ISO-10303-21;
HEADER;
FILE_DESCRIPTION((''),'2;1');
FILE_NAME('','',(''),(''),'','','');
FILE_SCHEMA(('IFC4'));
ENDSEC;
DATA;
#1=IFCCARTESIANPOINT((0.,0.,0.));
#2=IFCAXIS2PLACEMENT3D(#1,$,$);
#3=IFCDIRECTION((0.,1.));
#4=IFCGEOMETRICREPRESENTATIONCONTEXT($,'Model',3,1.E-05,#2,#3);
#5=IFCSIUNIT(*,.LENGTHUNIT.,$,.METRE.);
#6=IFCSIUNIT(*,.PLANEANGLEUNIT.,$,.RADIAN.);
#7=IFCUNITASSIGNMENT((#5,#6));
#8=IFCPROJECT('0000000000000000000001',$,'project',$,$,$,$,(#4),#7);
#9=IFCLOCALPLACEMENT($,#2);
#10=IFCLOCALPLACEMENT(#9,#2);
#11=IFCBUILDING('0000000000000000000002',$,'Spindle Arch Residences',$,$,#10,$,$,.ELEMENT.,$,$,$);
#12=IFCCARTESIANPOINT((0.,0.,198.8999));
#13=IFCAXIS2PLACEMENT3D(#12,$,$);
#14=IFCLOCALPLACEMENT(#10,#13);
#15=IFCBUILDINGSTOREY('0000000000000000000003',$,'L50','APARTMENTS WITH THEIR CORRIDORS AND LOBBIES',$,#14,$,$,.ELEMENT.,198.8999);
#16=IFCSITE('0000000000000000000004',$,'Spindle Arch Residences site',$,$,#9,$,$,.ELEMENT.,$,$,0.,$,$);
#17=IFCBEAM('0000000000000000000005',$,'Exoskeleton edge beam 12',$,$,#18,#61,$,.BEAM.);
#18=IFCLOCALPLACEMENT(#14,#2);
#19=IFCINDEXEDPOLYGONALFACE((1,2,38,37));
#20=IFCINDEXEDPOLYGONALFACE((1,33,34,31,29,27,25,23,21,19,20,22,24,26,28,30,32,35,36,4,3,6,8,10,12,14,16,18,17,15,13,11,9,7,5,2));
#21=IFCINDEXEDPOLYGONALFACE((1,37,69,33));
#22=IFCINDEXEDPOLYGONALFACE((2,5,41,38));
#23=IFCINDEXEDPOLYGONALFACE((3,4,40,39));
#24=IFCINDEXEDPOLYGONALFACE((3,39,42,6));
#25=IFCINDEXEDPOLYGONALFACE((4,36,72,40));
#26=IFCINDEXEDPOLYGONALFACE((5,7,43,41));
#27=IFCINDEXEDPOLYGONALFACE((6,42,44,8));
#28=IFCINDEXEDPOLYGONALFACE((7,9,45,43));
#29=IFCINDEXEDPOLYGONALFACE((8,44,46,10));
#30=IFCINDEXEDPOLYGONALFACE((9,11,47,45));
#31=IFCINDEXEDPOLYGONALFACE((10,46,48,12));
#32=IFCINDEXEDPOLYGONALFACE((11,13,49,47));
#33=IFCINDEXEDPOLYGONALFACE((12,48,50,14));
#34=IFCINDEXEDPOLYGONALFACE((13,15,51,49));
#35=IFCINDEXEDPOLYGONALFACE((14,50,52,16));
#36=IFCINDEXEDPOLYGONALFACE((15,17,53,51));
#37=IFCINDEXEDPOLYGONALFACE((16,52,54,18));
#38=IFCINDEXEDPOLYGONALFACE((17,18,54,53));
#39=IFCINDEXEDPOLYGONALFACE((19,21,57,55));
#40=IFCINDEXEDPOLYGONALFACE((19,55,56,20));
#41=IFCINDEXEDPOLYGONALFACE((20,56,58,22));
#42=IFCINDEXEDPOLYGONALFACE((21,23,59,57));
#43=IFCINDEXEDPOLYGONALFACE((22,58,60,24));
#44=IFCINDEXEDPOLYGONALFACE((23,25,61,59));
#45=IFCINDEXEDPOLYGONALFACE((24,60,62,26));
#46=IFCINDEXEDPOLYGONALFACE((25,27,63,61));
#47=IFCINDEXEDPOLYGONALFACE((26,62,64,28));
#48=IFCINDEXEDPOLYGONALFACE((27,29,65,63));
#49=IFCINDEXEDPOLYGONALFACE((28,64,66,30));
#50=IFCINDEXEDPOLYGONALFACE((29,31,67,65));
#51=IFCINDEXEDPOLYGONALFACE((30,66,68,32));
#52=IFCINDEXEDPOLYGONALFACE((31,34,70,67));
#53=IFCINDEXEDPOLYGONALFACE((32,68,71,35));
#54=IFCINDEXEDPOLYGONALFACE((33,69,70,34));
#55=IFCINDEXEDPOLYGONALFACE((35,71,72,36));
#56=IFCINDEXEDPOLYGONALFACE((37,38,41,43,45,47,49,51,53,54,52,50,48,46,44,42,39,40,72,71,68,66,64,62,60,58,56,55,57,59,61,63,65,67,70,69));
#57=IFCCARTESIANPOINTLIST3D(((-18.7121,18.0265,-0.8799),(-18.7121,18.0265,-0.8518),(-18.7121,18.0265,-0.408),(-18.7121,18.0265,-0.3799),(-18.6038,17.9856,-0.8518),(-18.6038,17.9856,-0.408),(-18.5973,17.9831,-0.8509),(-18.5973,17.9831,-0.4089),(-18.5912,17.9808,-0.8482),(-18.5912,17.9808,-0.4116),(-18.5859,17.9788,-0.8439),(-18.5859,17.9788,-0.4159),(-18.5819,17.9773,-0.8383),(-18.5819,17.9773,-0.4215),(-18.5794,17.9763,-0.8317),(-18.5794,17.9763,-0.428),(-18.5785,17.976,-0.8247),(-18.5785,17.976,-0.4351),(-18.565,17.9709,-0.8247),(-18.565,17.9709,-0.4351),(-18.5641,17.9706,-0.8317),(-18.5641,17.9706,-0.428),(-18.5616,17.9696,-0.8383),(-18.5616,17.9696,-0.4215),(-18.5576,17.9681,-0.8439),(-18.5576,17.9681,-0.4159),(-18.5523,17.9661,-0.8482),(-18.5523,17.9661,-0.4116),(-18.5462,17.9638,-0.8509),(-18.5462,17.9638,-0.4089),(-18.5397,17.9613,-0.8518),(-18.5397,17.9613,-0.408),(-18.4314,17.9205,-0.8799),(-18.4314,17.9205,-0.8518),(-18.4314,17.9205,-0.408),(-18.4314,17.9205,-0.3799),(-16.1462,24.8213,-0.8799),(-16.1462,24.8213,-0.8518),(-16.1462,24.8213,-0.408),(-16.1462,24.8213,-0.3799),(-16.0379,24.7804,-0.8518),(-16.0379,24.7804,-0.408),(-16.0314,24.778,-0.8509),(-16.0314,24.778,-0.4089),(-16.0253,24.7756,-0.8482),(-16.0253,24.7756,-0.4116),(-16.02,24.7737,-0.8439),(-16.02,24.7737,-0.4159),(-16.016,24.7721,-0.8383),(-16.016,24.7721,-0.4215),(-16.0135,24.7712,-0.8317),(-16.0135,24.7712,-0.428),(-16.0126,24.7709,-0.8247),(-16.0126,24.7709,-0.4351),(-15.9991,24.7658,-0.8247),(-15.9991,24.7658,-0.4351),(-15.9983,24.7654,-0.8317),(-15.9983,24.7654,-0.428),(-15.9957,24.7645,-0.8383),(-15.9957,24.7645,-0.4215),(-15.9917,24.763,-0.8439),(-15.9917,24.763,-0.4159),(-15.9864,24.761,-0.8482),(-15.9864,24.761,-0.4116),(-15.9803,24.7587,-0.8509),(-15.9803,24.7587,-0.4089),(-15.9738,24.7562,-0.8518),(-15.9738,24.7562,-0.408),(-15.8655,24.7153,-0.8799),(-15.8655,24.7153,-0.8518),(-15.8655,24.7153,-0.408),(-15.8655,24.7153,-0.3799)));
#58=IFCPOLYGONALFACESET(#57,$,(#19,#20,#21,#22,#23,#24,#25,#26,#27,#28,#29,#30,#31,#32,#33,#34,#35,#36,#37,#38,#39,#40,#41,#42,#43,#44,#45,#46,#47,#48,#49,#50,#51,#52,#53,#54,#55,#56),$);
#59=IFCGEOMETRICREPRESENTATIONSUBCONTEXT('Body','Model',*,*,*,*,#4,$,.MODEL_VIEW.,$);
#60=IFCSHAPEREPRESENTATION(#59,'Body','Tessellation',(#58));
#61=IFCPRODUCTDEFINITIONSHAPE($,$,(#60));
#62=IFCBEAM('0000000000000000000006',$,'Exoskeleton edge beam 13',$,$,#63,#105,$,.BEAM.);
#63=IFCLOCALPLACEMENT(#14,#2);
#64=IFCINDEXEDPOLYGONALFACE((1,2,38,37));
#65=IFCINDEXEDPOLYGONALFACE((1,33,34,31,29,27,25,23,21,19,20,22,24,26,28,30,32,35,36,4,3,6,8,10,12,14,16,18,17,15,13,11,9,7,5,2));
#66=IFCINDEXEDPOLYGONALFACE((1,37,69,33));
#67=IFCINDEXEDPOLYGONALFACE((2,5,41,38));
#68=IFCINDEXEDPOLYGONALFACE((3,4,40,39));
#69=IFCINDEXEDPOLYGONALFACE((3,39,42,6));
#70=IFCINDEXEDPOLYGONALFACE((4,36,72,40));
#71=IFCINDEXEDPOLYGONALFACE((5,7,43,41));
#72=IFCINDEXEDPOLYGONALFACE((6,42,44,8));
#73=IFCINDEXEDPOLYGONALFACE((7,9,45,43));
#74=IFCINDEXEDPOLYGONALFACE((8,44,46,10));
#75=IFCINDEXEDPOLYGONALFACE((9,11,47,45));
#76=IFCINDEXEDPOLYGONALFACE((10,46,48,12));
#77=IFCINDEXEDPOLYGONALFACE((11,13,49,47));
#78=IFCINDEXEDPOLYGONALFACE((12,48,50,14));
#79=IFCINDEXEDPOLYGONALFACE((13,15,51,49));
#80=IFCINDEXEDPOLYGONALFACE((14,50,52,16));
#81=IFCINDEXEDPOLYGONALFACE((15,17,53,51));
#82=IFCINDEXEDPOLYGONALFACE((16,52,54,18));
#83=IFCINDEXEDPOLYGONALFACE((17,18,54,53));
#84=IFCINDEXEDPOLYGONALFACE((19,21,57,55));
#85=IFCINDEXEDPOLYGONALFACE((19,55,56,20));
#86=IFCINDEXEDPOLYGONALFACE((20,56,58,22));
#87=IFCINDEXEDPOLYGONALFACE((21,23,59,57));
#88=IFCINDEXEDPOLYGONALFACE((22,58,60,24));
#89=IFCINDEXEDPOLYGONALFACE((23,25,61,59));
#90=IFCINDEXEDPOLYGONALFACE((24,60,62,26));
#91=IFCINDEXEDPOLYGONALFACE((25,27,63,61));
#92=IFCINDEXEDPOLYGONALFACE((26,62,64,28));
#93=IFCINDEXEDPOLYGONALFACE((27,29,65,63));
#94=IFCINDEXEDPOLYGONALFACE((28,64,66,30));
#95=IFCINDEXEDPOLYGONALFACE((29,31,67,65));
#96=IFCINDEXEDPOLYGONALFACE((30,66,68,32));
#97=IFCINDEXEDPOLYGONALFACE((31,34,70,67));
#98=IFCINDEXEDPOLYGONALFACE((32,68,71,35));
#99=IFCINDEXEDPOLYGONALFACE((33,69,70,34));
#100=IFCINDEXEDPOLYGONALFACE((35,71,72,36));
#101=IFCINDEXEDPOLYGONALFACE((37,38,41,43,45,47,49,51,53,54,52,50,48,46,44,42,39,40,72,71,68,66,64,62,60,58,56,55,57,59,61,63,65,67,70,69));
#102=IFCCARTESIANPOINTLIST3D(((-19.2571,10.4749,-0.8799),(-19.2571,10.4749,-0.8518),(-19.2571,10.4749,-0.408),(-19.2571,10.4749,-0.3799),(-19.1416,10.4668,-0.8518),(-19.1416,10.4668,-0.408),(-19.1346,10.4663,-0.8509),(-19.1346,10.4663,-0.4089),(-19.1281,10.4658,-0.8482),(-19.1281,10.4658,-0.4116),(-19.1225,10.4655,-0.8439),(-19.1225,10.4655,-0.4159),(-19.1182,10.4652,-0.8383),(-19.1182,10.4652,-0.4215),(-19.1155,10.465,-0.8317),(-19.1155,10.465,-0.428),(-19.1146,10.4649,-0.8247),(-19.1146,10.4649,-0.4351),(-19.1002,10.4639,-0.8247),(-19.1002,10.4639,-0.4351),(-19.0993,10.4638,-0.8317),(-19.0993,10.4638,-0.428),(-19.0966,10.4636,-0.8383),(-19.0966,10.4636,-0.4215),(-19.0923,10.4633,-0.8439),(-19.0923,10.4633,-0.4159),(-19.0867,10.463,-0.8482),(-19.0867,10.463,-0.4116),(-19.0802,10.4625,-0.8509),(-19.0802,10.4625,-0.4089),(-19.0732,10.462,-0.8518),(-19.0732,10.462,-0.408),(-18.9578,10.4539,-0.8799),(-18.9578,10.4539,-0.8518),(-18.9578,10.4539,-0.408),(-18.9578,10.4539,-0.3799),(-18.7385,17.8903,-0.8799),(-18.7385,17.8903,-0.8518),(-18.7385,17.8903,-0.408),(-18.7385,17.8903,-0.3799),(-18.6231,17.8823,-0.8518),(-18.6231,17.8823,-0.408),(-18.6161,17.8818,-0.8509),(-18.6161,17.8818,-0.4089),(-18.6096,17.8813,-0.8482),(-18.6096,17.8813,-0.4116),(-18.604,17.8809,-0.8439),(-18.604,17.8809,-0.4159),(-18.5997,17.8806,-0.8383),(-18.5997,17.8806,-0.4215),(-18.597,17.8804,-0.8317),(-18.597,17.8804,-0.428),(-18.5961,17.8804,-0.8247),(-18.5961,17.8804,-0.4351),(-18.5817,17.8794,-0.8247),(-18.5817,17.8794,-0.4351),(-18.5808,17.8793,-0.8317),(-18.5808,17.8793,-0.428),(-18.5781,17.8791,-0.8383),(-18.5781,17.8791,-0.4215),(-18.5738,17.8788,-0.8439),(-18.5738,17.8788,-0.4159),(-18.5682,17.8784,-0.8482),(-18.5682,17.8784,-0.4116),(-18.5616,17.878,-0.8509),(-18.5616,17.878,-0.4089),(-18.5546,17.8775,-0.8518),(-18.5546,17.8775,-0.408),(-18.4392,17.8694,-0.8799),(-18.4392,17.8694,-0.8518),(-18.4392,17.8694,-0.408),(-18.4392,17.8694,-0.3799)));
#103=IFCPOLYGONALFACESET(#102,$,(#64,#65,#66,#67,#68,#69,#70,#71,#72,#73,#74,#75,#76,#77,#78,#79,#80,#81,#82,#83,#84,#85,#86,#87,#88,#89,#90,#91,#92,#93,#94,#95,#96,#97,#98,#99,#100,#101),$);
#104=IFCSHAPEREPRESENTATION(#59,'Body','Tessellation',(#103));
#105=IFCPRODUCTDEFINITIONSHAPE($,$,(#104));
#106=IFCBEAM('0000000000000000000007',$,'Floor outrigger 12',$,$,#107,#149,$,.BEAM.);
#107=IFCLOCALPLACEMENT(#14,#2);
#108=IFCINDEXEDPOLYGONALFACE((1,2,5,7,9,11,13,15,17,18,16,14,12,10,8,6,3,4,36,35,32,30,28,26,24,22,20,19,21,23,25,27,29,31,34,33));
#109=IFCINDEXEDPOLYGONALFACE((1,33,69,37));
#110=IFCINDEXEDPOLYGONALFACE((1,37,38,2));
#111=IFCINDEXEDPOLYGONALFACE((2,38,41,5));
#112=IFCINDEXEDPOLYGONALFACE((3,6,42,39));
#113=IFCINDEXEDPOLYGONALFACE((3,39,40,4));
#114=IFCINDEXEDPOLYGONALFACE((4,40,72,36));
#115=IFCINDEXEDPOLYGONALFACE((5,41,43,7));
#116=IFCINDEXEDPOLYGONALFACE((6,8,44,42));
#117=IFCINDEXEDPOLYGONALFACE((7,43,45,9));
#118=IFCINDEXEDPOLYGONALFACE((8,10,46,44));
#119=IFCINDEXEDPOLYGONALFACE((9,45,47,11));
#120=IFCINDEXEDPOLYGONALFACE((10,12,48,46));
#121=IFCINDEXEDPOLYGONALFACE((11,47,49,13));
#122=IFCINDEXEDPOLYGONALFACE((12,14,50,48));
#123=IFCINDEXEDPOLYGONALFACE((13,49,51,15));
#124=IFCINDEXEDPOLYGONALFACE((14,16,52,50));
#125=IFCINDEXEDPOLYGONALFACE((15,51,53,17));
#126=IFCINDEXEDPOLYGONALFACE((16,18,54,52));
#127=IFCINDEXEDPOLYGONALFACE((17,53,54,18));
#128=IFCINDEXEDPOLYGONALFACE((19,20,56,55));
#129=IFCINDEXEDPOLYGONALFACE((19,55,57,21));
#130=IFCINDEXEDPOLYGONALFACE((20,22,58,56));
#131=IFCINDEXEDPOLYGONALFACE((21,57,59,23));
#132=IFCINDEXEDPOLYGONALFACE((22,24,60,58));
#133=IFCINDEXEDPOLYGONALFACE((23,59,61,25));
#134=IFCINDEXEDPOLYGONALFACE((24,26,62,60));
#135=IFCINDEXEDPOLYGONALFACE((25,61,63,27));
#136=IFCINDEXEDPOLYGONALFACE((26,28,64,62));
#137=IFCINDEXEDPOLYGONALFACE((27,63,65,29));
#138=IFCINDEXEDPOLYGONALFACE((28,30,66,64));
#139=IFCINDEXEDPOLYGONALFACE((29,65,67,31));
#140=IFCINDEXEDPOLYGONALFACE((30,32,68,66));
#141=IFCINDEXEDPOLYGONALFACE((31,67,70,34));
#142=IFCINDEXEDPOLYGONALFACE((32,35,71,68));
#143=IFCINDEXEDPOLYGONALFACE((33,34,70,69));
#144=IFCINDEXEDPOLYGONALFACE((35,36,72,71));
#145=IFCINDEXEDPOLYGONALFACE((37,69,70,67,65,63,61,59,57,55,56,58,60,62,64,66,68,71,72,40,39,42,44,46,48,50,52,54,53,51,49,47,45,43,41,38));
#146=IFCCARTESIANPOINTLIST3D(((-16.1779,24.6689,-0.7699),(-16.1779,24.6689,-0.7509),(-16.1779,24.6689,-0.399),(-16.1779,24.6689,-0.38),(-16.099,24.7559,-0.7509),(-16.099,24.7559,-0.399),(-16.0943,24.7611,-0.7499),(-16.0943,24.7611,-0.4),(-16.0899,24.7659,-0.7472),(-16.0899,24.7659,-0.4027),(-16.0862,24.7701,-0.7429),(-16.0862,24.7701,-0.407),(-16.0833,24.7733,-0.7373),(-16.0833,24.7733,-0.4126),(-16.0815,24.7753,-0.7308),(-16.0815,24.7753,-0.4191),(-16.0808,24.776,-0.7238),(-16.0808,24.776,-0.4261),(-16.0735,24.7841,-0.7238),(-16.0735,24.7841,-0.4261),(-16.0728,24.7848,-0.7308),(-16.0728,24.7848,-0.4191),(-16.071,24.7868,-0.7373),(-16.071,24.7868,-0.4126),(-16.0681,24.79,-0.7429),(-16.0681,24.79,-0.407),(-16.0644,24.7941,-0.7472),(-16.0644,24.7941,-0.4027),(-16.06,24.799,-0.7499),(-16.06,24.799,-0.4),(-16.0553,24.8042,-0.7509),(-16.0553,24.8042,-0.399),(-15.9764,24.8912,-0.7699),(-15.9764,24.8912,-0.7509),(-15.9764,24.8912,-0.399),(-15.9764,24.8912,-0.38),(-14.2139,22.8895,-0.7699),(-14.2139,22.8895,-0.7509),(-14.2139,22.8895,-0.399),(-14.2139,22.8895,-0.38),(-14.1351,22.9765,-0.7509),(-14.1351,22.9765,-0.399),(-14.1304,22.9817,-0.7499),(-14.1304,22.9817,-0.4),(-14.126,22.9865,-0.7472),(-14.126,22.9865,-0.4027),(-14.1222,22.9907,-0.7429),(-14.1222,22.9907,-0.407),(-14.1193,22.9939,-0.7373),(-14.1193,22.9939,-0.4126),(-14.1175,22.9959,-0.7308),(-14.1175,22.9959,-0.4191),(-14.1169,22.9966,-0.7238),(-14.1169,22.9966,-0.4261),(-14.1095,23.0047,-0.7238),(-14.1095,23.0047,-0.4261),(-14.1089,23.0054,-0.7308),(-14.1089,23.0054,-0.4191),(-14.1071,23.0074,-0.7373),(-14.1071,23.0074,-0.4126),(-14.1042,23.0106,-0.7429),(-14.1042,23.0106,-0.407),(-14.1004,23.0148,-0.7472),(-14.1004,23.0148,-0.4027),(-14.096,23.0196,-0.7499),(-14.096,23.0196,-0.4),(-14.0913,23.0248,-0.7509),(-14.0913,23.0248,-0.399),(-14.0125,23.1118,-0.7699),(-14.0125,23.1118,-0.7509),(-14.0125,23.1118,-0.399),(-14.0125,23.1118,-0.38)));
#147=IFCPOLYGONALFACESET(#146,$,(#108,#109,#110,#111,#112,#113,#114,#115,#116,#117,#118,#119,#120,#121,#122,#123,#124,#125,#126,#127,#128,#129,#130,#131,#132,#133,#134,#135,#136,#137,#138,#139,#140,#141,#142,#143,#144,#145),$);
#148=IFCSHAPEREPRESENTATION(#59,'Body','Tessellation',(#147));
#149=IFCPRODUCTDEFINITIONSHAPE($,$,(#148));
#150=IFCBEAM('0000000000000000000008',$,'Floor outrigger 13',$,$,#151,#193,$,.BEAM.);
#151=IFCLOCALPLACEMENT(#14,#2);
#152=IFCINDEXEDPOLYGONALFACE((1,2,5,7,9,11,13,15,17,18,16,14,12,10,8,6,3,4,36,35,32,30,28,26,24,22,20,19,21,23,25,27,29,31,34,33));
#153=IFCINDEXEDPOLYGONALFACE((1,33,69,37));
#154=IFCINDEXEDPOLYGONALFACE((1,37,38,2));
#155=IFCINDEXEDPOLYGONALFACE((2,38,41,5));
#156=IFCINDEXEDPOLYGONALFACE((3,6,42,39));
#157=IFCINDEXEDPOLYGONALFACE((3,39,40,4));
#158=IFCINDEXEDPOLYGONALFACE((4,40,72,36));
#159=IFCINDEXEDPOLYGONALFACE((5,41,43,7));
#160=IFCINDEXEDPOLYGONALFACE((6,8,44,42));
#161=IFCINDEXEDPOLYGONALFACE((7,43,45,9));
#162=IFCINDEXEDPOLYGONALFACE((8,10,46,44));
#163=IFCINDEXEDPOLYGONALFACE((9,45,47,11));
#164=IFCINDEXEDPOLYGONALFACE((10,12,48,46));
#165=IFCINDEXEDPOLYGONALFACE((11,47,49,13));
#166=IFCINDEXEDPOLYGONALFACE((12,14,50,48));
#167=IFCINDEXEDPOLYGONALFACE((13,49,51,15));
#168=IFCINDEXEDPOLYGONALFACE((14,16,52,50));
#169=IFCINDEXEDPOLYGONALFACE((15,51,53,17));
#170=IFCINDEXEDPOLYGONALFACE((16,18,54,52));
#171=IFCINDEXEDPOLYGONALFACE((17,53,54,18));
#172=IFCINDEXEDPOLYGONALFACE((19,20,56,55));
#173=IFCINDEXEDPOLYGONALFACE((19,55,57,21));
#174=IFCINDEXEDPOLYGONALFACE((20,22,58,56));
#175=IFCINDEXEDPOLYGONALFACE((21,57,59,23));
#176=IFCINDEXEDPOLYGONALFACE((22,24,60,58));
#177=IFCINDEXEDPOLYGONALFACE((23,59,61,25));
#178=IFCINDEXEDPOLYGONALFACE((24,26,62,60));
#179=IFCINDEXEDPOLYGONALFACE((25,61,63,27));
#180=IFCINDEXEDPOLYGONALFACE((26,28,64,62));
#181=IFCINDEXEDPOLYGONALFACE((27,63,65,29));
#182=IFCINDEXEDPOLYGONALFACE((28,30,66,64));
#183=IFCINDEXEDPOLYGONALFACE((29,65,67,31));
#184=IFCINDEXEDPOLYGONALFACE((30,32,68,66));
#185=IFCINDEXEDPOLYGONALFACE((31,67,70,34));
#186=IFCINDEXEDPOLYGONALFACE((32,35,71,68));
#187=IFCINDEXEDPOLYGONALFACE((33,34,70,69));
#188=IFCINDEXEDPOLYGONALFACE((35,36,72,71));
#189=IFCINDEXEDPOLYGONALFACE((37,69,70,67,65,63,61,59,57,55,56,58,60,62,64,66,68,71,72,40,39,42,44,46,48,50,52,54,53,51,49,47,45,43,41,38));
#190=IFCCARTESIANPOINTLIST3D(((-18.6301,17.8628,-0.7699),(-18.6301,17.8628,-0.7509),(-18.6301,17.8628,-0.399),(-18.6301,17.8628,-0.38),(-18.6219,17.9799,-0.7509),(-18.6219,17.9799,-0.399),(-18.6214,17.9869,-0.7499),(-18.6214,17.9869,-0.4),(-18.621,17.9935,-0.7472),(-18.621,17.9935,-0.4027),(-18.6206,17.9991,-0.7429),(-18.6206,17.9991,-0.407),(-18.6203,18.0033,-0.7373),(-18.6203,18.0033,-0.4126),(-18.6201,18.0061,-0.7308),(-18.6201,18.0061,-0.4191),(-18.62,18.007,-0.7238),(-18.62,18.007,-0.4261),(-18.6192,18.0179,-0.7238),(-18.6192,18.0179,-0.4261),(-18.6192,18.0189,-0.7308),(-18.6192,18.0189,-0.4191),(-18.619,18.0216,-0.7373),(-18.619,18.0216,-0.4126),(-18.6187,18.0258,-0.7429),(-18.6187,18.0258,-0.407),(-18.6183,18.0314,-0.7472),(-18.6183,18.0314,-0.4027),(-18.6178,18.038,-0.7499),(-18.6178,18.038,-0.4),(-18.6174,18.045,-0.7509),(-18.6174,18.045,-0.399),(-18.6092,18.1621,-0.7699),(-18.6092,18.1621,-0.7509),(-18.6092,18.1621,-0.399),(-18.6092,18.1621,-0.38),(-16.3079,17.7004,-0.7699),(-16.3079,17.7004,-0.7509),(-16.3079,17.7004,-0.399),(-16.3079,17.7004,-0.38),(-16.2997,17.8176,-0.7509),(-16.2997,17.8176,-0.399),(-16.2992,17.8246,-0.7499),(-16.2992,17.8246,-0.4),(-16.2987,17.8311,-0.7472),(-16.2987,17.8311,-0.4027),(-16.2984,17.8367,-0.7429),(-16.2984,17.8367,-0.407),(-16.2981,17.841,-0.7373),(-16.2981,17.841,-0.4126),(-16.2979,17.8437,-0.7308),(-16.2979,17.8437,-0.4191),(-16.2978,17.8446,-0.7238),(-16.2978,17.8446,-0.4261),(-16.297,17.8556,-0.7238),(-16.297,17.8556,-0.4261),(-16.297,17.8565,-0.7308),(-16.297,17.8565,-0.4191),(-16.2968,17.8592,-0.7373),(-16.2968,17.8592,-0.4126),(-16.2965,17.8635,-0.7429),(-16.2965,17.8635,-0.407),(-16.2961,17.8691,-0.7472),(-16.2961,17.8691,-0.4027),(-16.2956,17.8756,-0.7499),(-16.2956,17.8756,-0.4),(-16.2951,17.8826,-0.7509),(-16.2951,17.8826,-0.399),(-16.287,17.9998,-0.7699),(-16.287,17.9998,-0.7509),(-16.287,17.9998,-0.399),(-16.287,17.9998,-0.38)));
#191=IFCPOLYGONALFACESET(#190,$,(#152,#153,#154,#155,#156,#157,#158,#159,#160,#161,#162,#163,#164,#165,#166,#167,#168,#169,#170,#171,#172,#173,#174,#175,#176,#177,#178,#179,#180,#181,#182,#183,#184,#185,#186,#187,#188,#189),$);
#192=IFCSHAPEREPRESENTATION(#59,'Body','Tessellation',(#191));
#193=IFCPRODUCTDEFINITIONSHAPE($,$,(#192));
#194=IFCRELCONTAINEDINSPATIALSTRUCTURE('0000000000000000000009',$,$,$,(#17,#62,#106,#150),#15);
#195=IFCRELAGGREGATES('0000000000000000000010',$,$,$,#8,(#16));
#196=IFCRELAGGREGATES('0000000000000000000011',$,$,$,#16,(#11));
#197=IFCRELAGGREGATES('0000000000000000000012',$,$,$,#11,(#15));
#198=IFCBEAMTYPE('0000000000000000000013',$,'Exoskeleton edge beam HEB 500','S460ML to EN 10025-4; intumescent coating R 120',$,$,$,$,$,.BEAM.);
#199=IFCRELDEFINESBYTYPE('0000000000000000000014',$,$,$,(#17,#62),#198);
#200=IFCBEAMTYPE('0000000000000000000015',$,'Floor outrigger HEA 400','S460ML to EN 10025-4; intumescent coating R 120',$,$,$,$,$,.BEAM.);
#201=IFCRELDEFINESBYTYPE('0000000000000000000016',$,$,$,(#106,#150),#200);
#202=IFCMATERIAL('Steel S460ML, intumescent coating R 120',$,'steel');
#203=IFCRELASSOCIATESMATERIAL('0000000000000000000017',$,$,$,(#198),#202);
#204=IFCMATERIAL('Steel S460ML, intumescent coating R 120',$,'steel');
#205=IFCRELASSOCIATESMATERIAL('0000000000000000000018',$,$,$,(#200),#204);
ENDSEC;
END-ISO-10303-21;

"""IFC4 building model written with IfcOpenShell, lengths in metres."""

from ifc_helpers import new_model, si_unit, direction, frame, origin, origin_2d, place, context, subcontext, project, spatial, i_section, extrude, material, material_profile, profile_set, type_object, element, save


model = new_model("IFC4")

# Units and contexts
model_context = context("Model", 3, precision=1e-05, world=origin(), true_north=direction((0.0, 1.0)))
body_context = subcontext(model_context, "Body", "Model", "MODEL_VIEW")
ifc_project = project(units=[si_unit("LENGTHUNIT", "METRE"), si_unit("PLANEANGLEUNIT", "RADIAN")], contexts=[model_context])

# Site, building, storey
site_placement = place(None, origin())
site = spatial("IfcSite", under=ifc_project, at=site_placement, Name="Spindle Arch Residences site", CompositionType="ELEMENT", RefElevation=0.0)
building_placement = place(site_placement, origin())
building = spatial("IfcBuilding", under=site, at=building_placement, Name="Spindle Arch Residences", CompositionType="ELEMENT")
storey_placement = place(building_placement, frame((0.0, 0.0, 198.8999)))
storey = spatial("IfcBuildingStorey", under=building, at=storey_placement, Name="L50", Description="APARTMENTS WITH THEIR CORRIDORS AND LOBBIES", CompositionType="ELEMENT", Elevation=198.8999)

# Beams
ifc_material_1 = material(Name="Steel S460ML, intumescent coating R 120", Category="steel")
ifc_material_profile_1 = material_profile(ifc_material_1, i_section(OverallWidth=0.3, OverallDepth=0.5, WebThickness=0.0144, FlangeThickness=0.0281, FilletRadius=0.0271, at=origin_2d()), Name="HEB 500")
ifc_profile_set_1 = profile_set([ifc_material_profile_1], Name="Steel S460ML, intumescent coating R 120")
beam_type_1 = type_object("IfcBeamType", Name="Exoskeleton edge beam HEB 500", Description="S460ML to EN 10025-4; intumescent coating R 120", PredefinedType="BEAM", material=ifc_profile_set_1)
beam_1_placement = place(storey_placement, frame((-16.0059, 24.7683, -0.6299), z_axis=(-0.353274, -0.93552, 0.0), x_axis=(0.93552, -0.353274, 0.0)))
element("IfcBeam", 1, at=beam_1_placement, inside=storey, type_object=beam_type_1, Name="Exoskeleton edge beam 12", PredefinedType="BEAM", context=body_context, shape_type="SweptSolid", body=[
    extrude(i_section(OverallWidth=0.3, OverallDepth=0.5, WebThickness=0.0144, FlangeThickness=0.0281, FilletRadius=0.0271, at=origin_2d()), origin(), (0.0, 0.0, 1.0), 7.2632),
])
beam_2_placement = place(storey_placement, frame((-18.5889, 17.8799, -0.6299), z_axis=(-0.069758, -0.997564, 0.0), x_axis=(0.997564, -0.069758, 0.0)))
element("IfcBeam", 2, at=beam_2_placement, inside=storey, type_object=beam_type_1, Name="Exoskeleton edge beam 13", PredefinedType="BEAM", context=body_context, shape_type="SweptSolid", body=[
    extrude(i_section(OverallWidth=0.3, OverallDepth=0.5, WebThickness=0.0144, FlangeThickness=0.0281, FilletRadius=0.0271, at=origin_2d()), origin(), (0.0, 0.0, 1.0), 7.4336),
])
ifc_material_2 = material(Name="Steel S460ML, intumescent coating R 120", Category="steel")
ifc_material_profile_2 = material_profile(ifc_material_2, i_section(OverallWidth=0.3, OverallDepth=0.3899, WebThickness=0.011, FlangeThickness=0.019, FilletRadius=0.0271, at=origin_2d()), Name="HEA 400")
ifc_profile_set_2 = profile_set([ifc_material_profile_2], Name="Steel S460ML, intumescent coating R 120")
beam_type_2 = type_object("IfcBeamType", Name="Floor outrigger HEA 400", Description="S460ML to EN 10025-4; intumescent coating R 120", PredefinedType="BEAM", material=ifc_profile_set_2)
beam_3_placement = place(storey_placement, frame((-16.0771, 24.78, -0.575), z_axis=(0.741073, -0.671425, 0.0), x_axis=(0.671425, 0.741073, 0.0)))
element("IfcBeam", 3, at=beam_3_placement, inside=storey, type_object=beam_type_2, Name="Floor outrigger 12", PredefinedType="BEAM", context=body_context, shape_type="SweptSolid", body=[
    extrude(i_section(OverallWidth=0.3, OverallDepth=0.3899, WebThickness=0.011, FlangeThickness=0.019, FilletRadius=0.0271, at=origin_2d()), origin(), (0.0, 0.0, 1.0), 2.6501),
])
beam_4_placement = place(storey_placement, frame((-18.6196, 18.0125, -0.575), z_axis=(0.997565, -0.069741, 0.0), x_axis=(0.069741, 0.997565, 0.0)))
element("IfcBeam", 4, at=beam_4_placement, inside=storey, type_object=beam_type_2, Name="Floor outrigger 13", PredefinedType="BEAM", context=body_context, shape_type="SweptSolid", body=[
    extrude(i_section(OverallWidth=0.3, OverallDepth=0.3899, WebThickness=0.011, FlangeThickness=0.019, FilletRadius=0.0271, at=origin_2d()), origin(), (0.0, 0.0, 1.0), 2.3279),
])

save(model, "model.ifc")
